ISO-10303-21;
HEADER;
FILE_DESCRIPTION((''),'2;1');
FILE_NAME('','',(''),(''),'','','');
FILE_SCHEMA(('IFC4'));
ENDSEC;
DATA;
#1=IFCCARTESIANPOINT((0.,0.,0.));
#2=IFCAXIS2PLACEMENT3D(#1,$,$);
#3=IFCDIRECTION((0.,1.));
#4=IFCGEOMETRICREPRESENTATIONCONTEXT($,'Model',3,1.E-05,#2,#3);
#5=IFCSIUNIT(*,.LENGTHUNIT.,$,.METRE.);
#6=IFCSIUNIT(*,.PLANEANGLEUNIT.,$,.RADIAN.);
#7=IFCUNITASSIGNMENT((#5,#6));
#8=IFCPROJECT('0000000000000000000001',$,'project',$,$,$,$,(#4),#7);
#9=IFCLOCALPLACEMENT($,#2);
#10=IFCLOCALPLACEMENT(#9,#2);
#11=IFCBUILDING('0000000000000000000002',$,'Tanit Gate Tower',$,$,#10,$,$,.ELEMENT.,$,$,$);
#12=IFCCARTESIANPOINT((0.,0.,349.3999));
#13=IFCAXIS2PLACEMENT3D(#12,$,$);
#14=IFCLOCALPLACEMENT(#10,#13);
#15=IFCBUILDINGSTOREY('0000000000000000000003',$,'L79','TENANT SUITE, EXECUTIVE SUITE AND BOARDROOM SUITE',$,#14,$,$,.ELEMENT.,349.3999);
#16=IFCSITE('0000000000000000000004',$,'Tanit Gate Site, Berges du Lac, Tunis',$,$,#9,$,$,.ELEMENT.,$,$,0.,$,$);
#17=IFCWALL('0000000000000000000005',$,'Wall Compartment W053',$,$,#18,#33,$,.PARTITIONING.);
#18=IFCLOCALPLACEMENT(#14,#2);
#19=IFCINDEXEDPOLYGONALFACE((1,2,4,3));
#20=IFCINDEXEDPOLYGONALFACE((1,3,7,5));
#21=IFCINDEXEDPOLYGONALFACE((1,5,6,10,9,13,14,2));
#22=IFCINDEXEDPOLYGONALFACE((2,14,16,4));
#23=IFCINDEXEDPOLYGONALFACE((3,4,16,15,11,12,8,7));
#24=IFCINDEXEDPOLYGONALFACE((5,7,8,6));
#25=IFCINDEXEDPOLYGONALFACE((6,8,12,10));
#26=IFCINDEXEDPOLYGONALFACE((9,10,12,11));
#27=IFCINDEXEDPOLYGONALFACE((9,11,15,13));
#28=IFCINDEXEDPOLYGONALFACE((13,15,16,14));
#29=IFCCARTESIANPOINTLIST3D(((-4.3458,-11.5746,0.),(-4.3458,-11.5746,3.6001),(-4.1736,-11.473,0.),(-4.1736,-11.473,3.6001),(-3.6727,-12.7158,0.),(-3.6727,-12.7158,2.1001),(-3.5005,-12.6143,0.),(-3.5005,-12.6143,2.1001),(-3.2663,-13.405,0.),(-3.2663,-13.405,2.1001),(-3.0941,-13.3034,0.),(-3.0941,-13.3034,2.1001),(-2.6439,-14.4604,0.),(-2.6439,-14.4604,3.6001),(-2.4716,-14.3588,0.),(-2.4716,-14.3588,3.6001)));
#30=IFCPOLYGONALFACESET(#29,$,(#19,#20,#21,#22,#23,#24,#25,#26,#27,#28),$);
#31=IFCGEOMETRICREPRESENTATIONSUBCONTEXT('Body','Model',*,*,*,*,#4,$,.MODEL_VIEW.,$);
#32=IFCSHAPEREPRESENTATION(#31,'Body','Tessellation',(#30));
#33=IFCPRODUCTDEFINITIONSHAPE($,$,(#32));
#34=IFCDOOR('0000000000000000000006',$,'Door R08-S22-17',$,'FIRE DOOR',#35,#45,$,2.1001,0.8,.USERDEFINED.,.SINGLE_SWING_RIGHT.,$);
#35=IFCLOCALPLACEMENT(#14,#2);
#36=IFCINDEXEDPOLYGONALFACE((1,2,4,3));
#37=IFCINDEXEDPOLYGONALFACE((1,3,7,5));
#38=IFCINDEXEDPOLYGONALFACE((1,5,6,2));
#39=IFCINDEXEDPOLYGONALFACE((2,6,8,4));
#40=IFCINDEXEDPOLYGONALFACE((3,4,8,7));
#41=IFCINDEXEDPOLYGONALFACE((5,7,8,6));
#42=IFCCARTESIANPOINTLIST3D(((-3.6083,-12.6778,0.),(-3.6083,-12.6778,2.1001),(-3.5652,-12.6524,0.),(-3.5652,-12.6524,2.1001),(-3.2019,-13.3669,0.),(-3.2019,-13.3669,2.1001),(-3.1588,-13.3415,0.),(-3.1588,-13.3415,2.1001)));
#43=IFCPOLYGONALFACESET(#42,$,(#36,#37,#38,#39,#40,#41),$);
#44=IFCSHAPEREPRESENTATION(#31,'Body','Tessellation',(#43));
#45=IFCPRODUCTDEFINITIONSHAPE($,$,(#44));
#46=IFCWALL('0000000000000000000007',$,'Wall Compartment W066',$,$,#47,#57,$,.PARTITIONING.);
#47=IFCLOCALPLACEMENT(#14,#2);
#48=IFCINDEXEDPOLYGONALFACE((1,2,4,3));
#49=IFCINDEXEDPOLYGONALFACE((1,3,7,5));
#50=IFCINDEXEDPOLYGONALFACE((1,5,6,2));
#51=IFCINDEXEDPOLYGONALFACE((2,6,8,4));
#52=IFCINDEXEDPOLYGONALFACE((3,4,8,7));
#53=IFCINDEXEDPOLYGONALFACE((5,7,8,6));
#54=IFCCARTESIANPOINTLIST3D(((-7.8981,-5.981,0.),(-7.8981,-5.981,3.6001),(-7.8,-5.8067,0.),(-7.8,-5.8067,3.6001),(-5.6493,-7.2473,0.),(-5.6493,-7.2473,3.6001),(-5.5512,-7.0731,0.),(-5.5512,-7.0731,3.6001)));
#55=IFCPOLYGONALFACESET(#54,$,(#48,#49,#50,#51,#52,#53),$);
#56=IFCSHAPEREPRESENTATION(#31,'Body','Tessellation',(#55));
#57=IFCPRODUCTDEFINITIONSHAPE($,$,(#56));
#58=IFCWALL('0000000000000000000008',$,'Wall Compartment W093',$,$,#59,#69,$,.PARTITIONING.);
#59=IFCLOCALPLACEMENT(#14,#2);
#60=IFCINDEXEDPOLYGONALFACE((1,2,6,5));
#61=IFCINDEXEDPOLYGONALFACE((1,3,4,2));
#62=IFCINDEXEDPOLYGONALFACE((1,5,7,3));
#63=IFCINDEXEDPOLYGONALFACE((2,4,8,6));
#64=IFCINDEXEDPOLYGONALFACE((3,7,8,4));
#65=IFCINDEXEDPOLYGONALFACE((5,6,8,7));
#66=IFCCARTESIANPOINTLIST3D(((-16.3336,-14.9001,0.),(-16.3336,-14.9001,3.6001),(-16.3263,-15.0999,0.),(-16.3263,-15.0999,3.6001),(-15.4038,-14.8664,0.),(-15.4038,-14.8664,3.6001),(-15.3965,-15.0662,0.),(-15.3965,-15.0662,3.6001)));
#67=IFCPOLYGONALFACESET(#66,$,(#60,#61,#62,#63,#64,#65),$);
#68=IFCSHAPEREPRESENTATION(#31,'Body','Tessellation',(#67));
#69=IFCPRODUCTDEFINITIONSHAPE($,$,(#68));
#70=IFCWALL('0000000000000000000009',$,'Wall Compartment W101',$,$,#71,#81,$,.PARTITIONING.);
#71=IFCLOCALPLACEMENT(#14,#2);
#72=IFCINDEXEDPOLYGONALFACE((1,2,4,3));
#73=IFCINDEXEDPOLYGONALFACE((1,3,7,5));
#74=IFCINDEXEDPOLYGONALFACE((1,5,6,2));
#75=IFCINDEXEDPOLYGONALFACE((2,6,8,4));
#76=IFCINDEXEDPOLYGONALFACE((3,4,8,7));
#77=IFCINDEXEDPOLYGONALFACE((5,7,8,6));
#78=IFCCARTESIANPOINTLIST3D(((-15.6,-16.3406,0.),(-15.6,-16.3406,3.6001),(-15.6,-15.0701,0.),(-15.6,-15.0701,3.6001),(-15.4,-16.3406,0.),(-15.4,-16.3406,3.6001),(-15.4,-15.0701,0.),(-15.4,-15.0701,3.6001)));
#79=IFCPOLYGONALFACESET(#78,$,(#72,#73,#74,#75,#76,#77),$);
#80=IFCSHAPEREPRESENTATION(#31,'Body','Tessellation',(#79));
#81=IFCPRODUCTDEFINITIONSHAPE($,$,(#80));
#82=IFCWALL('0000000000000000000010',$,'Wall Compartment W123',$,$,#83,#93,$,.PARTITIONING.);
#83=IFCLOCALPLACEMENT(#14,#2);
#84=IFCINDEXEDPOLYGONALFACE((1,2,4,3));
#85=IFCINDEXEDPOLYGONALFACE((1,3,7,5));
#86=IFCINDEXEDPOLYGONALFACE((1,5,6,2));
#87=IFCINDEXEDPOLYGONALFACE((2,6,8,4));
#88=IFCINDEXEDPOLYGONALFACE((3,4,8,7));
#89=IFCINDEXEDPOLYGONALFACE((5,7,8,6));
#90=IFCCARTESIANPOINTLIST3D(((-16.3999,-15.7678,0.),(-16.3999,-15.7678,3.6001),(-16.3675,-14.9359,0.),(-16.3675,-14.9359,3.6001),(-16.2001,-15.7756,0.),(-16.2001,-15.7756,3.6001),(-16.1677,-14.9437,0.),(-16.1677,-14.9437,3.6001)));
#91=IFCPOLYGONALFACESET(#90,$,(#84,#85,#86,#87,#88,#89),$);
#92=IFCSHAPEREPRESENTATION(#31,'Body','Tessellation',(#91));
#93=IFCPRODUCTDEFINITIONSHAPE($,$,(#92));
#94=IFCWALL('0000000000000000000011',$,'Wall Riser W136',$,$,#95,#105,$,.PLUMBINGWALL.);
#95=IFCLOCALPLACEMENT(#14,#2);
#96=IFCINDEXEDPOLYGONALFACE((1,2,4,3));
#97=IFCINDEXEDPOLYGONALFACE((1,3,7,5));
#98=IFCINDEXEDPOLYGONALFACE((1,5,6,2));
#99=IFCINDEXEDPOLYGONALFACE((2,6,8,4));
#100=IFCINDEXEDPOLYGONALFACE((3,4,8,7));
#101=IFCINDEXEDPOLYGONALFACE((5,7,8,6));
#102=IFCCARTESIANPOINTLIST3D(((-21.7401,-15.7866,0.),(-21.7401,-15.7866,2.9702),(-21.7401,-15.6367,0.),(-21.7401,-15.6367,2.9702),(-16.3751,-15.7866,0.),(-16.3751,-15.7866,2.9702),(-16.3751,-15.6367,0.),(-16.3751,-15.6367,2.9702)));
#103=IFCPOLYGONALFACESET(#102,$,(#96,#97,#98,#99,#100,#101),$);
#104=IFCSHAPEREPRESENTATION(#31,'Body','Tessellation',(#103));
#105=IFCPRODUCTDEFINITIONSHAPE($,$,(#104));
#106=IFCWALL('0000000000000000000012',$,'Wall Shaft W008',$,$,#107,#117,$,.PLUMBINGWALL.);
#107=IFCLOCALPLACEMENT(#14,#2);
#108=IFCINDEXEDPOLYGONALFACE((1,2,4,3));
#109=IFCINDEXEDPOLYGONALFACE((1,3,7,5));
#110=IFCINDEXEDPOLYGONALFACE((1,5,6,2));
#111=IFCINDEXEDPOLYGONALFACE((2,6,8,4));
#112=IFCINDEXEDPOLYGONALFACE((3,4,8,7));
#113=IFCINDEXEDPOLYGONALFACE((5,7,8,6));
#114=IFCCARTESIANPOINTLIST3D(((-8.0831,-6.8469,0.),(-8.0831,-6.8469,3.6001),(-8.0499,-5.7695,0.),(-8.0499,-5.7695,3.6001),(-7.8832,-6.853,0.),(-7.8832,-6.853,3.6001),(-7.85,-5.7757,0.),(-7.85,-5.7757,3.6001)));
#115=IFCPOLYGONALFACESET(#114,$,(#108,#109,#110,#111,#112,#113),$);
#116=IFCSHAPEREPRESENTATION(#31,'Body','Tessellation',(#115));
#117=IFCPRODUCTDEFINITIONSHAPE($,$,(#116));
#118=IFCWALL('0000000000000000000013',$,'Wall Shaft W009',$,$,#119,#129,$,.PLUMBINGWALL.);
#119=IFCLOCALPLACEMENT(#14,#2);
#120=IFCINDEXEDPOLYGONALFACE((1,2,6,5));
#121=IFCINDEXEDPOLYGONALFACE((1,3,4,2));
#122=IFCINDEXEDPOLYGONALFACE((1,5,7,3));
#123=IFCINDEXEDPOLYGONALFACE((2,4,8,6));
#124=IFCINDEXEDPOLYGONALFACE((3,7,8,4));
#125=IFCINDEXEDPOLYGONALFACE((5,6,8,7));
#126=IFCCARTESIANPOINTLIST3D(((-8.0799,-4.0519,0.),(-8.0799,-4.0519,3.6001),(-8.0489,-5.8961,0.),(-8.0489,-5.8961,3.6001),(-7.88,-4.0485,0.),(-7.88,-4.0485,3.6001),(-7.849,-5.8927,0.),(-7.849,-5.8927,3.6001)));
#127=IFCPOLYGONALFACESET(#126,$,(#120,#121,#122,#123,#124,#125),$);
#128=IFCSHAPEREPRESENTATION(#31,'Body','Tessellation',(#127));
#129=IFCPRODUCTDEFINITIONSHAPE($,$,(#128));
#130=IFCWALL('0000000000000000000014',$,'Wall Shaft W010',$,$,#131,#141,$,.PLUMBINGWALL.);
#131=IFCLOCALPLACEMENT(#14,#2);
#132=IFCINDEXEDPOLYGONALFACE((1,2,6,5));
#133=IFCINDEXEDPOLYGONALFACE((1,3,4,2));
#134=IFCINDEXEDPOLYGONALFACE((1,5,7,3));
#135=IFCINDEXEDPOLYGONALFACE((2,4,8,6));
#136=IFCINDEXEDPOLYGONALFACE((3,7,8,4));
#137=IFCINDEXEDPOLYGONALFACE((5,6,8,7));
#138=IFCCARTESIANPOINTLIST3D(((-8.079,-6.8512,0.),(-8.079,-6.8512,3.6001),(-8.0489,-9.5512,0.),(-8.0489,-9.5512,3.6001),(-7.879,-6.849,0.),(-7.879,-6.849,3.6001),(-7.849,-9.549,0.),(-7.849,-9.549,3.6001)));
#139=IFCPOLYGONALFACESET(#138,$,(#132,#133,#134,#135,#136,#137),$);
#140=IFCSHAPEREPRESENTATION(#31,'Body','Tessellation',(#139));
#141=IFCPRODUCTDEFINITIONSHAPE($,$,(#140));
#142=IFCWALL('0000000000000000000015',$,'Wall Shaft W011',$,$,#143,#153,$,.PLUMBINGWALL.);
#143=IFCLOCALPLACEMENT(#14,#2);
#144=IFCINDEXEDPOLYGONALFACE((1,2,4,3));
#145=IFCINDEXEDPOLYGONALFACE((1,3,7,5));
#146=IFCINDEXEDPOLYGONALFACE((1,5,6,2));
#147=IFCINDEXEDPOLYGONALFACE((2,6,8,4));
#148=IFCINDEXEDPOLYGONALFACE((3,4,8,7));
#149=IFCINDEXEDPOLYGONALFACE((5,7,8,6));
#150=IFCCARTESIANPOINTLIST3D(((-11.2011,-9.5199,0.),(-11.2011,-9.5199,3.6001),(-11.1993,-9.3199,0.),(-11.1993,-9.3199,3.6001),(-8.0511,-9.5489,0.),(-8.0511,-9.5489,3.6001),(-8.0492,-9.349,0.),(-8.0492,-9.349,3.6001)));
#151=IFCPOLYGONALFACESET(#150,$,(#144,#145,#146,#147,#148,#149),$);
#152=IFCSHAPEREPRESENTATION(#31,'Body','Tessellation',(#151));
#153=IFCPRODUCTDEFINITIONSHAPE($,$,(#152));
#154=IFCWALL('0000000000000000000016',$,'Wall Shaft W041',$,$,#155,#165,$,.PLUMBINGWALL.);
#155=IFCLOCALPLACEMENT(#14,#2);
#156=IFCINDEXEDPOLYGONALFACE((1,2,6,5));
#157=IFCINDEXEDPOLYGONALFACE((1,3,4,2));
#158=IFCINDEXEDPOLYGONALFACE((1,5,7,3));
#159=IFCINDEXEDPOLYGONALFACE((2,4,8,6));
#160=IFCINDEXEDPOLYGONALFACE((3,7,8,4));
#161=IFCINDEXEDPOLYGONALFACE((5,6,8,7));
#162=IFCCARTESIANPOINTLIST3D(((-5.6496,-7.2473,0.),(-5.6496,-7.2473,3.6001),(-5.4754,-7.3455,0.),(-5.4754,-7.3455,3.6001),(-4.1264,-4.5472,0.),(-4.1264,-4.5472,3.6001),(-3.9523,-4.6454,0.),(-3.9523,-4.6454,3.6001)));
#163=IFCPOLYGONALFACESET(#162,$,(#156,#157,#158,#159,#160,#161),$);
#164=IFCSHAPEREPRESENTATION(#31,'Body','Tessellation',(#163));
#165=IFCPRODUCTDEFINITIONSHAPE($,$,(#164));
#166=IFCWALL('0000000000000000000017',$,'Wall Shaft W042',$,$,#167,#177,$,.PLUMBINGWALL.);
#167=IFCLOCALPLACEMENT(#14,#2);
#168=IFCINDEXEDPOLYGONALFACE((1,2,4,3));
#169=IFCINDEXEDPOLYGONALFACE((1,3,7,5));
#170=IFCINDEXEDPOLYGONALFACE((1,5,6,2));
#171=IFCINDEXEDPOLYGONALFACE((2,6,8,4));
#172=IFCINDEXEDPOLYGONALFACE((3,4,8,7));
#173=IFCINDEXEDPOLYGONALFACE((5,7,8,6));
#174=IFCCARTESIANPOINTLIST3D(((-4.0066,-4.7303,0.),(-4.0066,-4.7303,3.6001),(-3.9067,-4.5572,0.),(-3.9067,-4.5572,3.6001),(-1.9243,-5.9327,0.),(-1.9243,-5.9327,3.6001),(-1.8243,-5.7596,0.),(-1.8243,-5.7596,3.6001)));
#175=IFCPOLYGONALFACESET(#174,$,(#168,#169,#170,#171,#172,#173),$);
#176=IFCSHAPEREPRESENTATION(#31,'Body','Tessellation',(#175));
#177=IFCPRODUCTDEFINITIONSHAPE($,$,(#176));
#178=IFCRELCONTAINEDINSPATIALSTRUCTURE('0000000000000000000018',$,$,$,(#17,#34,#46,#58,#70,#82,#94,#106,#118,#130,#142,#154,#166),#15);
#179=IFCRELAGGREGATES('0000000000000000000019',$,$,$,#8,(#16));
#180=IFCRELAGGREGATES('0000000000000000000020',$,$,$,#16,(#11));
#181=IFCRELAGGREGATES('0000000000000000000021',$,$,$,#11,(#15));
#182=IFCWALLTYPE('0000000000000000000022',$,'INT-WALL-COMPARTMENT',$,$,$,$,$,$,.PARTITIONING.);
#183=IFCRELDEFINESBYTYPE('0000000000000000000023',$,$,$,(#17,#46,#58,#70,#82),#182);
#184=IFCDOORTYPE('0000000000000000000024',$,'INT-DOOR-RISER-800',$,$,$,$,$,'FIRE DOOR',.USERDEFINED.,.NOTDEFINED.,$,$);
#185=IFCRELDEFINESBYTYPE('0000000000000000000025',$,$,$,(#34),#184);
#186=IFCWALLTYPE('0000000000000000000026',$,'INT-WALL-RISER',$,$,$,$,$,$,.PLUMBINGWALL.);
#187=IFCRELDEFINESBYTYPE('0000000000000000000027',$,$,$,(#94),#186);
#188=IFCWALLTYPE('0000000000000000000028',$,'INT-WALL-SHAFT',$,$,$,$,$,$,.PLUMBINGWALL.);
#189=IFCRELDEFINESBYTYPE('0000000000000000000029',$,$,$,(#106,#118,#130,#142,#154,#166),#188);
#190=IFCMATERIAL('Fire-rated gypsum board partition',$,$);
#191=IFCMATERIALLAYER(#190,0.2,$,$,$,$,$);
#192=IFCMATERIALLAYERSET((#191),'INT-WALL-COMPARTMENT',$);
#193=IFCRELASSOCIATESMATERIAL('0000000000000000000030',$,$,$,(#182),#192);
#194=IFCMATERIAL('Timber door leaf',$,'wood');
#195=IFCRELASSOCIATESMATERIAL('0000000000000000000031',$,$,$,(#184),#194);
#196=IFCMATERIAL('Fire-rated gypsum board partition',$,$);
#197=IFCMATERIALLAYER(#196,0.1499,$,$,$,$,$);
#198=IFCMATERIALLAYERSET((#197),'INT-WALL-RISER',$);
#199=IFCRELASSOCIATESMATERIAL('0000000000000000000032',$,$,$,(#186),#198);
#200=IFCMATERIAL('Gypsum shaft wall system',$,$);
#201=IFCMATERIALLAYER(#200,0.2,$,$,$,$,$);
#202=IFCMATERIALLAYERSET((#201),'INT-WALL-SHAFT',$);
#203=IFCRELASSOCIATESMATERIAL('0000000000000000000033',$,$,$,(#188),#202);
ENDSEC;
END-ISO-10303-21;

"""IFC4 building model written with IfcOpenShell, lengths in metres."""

from ifc_helpers import new_model, si_unit, direction, frame, frame_2d, origin, place, context, subcontext, project, spatial, rectangle, extrude, material, layer, layer_set, type_object, element, fill, save


model = new_model("IFC4")

# Units and contexts
model_context = context("Model", 3, precision=1e-05, world=origin(), true_north=direction((0.0, 1.0)))
body_context = subcontext(model_context, "Body", "Model", "MODEL_VIEW")
ifc_project = project(units=[si_unit("LENGTHUNIT", "METRE"), si_unit("PLANEANGLEUNIT", "RADIAN")], contexts=[model_context])

# Site, building, storey
site_placement = place(None, origin())
site = spatial("IfcSite", under=ifc_project, at=site_placement, Name="Tanit Gate Site, Berges du Lac, Tunis", CompositionType="ELEMENT", RefElevation=0.0)
building_placement = place(site_placement, origin())
building = spatial("IfcBuilding", under=site, at=building_placement, Name="Tanit Gate Tower", CompositionType="ELEMENT")
storey_placement = place(building_placement, frame((0.0, 0.0, 349.3999)))
storey = spatial("IfcBuildingStorey", under=building, at=storey_placement, Name="L79", Description="TENANT SUITE, EXECUTIVE SUITE AND BOARDROOM SUITE", CompositionType="ELEMENT", Elevation=349.3999)

# Wall, opening, door
ifc_material_1 = material(Name="Fire-rated gypsum board partition")
ifc_layer_1 = layer(ifc_material_1, 0.2)
ifc_layer_set_1 = layer_set([ifc_layer_1], Name="INT-WALL-COMPARTMENT")
wall_type_1 = type_object("IfcWallType", Name="INT-WALL-COMPARTMENT", PredefinedType="PARTITIONING", material=ifc_layer_set_1)
wall_1_placement = place(storey_placement, frame((-4.2598, -11.5237, 0.0), z_axis=(0.0, 0.0, 1.0), x_axis=(0.507997, -0.861359, 0.0)))
wall_1 = element("IfcWall", 1, at=wall_1_placement, inside=storey, type_object=wall_type_1, Name="Wall Compartment W053", PredefinedType="PARTITIONING", context=body_context, shape_type="SweptSolid", body=[
    extrude(rectangle(XDim=3.3503, YDim=0.2, at=frame_2d((1.6753, 0.0))), origin(), (0.0, 0.0, 1.0), 3.6001),
])
opening_1_placement = place(wall_1_placement, frame((1.3252, 0.0, 0.0)))
opening_1 = element("IfcOpeningElement", 2, at=opening_1_placement, cuts=wall_1, PredefinedType="OPENING", context=body_context, shape_type="SweptSolid", body=[
    extrude(rectangle(XDim=0.8, YDim=2.1001, at=frame_2d((0.3999, 1.05))), frame((0.0, 0.1099, 0.0), z_axis=(0.0, -1.0, 0.0), x_axis=(1.0, 0.0, 0.0)), (0.0, 0.0, 1.0), 0.22),
])
ifc_material_2 = material(Name="Timber door leaf", Category="wood")
door_type_1 = type_object("IfcDoorType", Name="INT-DOOR-RISER-800", ElementType="FIRE DOOR", OperationType="NOTDEFINED", PredefinedType="USERDEFINED", material=ifc_material_2)
door_1_placement = place(opening_1_placement, origin())
door_1 = element("IfcDoor", 3, at=door_1_placement, inside=storey, type_object=door_type_1, Name="Door R08-S22-17", ObjectType="FIRE DOOR", OperationType="SINGLE_SWING_RIGHT", OverallHeight=2.1001, OverallWidth=0.8, PredefinedType="USERDEFINED", context=body_context, shape_type="SweptSolid", body=[
    extrude(rectangle(XDim=0.8, YDim=2.1001, at=frame_2d((0.3999, 1.05))), frame((0.0, 0.0249, 0.0), z_axis=(0.0, -1.0, 0.0), x_axis=(1.0, 0.0, 0.0)), (0.0, 0.0, 1.0), 0.05),
])
fill(opening_1, door_1)

# Walls
wall_2_placement = place(storey_placement, frame((-7.8491, -5.8938, 0.0), z_axis=(0.0, 0.0, 1.0), x_axis=(0.87134, -0.490679, 0.0)))
element("IfcWall", 4, at=wall_2_placement, inside=storey, type_object=wall_type_1, Name="Wall Compartment W066", PredefinedType="PARTITIONING", context=body_context, shape_type="SweptSolid", body=[
    extrude(rectangle(XDim=2.5808, YDim=0.2, at=frame_2d((1.2905, 0.0))), origin(), (0.0, 0.0, 1.0), 3.6001),
])
wall_3_placement = place(storey_placement, frame((-16.3301, -15.0, 0.0), z_axis=(0.0, 0.0, 1.0), x_axis=(0.999344, 0.036206, 0.0)))
element("IfcWall", 5, at=wall_3_placement, inside=storey, type_object=wall_type_1, Name="Wall Compartment W093", PredefinedType="PARTITIONING", context=body_context, shape_type="SweptSolid", body=[
    extrude(rectangle(XDim=0.9304, YDim=0.2, at=frame_2d((0.4653, 0.0))), origin(), (0.0, 0.0, 1.0), 3.6001),
])
wall_4_placement = place(storey_placement, frame((-15.5, -15.0701, 0.0), z_axis=(0.0, 0.0, 1.0), x_axis=(0.0, -1.0, 0.0)))
element("IfcWall", 6, at=wall_4_placement, inside=storey, type_object=wall_type_1, Name="Wall Compartment W101", PredefinedType="PARTITIONING", context=body_context, shape_type="SweptSolid", body=[
    extrude(rectangle(XDim=1.2705, YDim=0.2, at=frame_2d((0.6353, 0.0))), origin(), (0.0, 0.0, 1.0), 3.6001),
])
wall_5_placement = place(storey_placement, frame((-16.3, -15.7717, 0.0), z_axis=(0.0, 0.0, 1.0), x_axis=(0.039008, 0.999239, 0.0)))
element("IfcWall", 7, at=wall_5_placement, inside=storey, type_object=wall_type_1, Name="Wall Compartment W123", PredefinedType="PARTITIONING", context=body_context, shape_type="SweptSolid", body=[
    extrude(rectangle(XDim=0.8325, YDim=0.2, at=frame_2d((0.4163, 0.0))), origin(), (0.0, 0.0, 1.0), 3.6001),
])
ifc_material_3 = material(Name="Fire-rated gypsum board partition")
ifc_layer_2 = layer(ifc_material_3, 0.1499)
ifc_layer_set_2 = layer_set([ifc_layer_2], Name="INT-WALL-RISER")
wall_type_2 = type_object("IfcWallType", Name="INT-WALL-RISER", PredefinedType="PLUMBINGWALL", material=ifc_layer_set_2)
wall_6_placement = place(storey_placement, frame((-16.375, -15.7117, 0.0), z_axis=(0.0, 0.0, 1.0), x_axis=(-1.0, 0.0, 0.0)))
element("IfcWall", 8, at=wall_6_placement, inside=storey, type_object=wall_type_2, Name="Wall Riser W136", PredefinedType="PLUMBINGWALL", context=body_context, shape_type="SweptSolid", body=[
    extrude(rectangle(XDim=5.365, YDim=0.1499, at=frame_2d((2.6826, 0.0))), origin(), (0.0, 0.0, 1.0), 2.9702),
])
ifc_material_4 = material(Name="Gypsum shaft wall system")
ifc_layer_3 = layer(ifc_material_4, 0.2)
ifc_layer_set_3 = layer_set([ifc_layer_3], Name="INT-WALL-SHAFT")
wall_type_3 = type_object("IfcWallType", Name="INT-WALL-SHAFT", PredefinedType="PLUMBINGWALL", material=ifc_layer_set_3)
wall_7_placement = place(storey_placement, frame((-7.95, -5.7725, 0.0), z_axis=(0.0, 0.0, 1.0), x_axis=(-0.030803, -0.999525, 0.0)))
element("IfcWall", 9, at=wall_7_placement, inside=storey, type_object=wall_type_3, Name="Wall Shaft W008", PredefinedType="PLUMBINGWALL", context=body_context, shape_type="SweptSolid", body=[
    extrude(rectangle(XDim=1.0779, YDim=0.2, at=frame_2d((0.5391, 0.0))), origin(), (0.0, 0.0, 1.0), 3.6001),
])
wall_8_placement = place(storey_placement, frame((-7.98, -4.05, 0.0), z_axis=(0.0, 0.0, 1.0), x_axis=(0.01681, -0.999859, 0.0)))
element("IfcWall", 10, at=wall_8_placement, inside=storey, type_object=wall_type_3, Name="Wall Shaft W009", PredefinedType="PLUMBINGWALL", context=body_context, shape_type="SweptSolid", body=[
    extrude(rectangle(XDim=1.8445, YDim=0.2, at=frame_2d((0.9224, 0.0))), origin(), (0.0, 0.0, 1.0), 3.6001),
])
wall_9_placement = place(storey_placement, frame((-7.979, -6.8501, 0.0), z_axis=(0.0, 0.0, 1.0), x_axis=(0.011121, -0.999938, 0.0)))
element("IfcWall", 11, at=wall_9_placement, inside=storey, type_object=wall_type_3, Name="Wall Shaft W010", PredefinedType="PLUMBINGWALL", context=body_context, shape_type="SweptSolid", body=[
    extrude(rectangle(XDim=2.7002, YDim=0.2, at=frame_2d((1.3501, 0.0))), origin(), (0.0, 0.0, 1.0), 3.6001),
])
wall_10_placement = place(storey_placement, frame((-8.05, -9.449, 0.0), z_axis=(0.0, 0.0, 1.0), x_axis=(-0.999957, 0.009223, 0.0)))
element("IfcWall", 12, at=wall_10_placement, inside=storey, type_object=wall_type_3, Name="Wall Shaft W011", PredefinedType="PLUMBINGWALL", context=body_context, shape_type="SweptSolid", body=[
    extrude(rectangle(XDim=3.1501, YDim=0.2, at=frame_2d((1.5752, 0.0))), origin(), (0.0, 0.0, 1.0), 3.6001),
])
wall_11_placement = place(storey_placement, frame((-5.5625, -7.2964, 0.0), z_axis=(0.0, 0.0, 1.0), x_axis=(0.491323, 0.870978, 0.0)))
element("IfcWall", 13, at=wall_11_placement, inside=storey, type_object=wall_type_3, Name="Wall Shaft W041", PredefinedType="PLUMBINGWALL", context=body_context, shape_type="SweptSolid", body=[
    extrude(rectangle(XDim=3.1001, YDim=0.2, at=frame_2d((1.55, 0.0))), origin(), (0.0, 0.0, 1.0), 3.6001),
])
wall_12_placement = place(storey_placement, frame((-3.9565, -4.6438, 0.0), z_axis=(0.0, 0.0, 1.0), x_axis=(0.865991, -0.500059, 0.0)))
element("IfcWall", 14, at=wall_12_placement, inside=storey, type_object=wall_type_3, Name="Wall Shaft W042", PredefinedType="PLUMBINGWALL", context=body_context, shape_type="SweptSolid", body=[
    extrude(rectangle(XDim=2.4045, YDim=0.2, at=frame_2d((1.2021, 0.0))), origin(), (0.0, 0.0, 1.0), 3.6001),
])

save(model, "model.ifc")
